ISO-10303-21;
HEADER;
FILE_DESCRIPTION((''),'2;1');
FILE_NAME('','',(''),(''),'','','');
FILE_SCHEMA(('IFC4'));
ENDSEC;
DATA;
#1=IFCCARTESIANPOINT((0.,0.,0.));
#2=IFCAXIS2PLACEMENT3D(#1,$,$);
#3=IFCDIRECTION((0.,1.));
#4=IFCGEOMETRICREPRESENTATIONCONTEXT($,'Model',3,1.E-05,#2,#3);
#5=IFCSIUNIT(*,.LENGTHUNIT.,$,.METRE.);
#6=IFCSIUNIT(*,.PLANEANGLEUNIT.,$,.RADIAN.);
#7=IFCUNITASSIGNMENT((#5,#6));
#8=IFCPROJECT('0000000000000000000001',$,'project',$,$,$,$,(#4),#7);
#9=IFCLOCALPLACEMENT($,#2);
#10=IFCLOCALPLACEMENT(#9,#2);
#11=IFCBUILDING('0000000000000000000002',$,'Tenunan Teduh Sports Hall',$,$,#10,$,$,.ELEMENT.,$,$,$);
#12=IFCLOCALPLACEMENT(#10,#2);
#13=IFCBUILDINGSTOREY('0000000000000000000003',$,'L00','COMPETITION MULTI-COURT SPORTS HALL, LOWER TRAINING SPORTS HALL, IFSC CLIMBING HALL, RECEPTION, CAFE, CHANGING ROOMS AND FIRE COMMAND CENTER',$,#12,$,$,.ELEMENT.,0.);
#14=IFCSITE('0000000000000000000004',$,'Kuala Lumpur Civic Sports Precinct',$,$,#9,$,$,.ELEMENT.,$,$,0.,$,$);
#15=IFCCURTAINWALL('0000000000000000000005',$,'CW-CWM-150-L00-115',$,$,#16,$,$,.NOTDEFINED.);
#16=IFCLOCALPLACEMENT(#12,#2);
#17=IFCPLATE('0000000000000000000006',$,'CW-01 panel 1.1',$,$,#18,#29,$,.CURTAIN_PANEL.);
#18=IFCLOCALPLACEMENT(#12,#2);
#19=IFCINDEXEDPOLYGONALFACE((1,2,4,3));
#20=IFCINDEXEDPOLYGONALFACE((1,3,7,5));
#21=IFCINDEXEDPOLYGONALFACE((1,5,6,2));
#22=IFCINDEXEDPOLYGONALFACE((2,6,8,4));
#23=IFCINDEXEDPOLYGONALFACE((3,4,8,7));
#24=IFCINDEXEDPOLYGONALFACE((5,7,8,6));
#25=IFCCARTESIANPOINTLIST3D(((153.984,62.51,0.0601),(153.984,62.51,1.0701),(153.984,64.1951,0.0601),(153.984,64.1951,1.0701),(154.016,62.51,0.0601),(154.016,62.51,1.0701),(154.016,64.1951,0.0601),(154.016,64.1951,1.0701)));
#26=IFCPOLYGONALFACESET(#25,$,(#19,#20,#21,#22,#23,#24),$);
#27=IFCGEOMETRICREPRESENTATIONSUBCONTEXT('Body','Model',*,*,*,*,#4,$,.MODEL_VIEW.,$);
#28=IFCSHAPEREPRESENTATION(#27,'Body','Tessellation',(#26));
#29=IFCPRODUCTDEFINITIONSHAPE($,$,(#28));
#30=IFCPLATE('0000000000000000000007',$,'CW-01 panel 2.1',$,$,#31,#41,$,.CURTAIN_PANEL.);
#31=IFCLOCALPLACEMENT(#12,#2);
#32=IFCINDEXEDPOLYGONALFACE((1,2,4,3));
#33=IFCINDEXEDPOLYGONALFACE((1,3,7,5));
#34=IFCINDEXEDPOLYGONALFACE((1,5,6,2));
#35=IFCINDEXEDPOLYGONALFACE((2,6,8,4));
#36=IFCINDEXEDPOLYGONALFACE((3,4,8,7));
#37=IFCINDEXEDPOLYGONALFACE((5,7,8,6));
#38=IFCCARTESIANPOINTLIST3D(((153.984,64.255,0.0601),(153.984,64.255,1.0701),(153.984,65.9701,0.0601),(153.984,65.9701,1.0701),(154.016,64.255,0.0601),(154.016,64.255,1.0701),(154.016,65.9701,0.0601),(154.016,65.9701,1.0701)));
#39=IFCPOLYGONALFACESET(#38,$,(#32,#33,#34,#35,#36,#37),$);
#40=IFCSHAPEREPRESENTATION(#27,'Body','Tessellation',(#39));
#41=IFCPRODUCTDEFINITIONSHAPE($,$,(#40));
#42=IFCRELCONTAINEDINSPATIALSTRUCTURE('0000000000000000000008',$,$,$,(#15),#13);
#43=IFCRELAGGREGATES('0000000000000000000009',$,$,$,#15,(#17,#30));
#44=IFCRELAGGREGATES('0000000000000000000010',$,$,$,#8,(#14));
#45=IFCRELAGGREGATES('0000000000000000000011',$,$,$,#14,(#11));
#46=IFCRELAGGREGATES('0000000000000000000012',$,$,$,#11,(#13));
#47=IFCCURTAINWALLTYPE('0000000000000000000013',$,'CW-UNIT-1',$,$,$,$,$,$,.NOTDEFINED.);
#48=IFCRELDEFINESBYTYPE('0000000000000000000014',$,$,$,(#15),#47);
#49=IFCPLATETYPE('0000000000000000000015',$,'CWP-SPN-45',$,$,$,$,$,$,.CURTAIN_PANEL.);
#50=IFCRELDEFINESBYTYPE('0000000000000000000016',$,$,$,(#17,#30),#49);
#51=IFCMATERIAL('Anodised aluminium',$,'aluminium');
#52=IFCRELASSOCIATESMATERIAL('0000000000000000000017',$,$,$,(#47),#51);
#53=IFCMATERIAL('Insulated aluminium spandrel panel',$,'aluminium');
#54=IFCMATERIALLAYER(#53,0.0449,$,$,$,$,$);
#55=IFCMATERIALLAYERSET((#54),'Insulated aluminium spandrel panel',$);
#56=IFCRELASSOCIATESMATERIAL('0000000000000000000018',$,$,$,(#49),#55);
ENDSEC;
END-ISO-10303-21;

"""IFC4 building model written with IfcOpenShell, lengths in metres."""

from ifc_helpers import new_model, si_unit, direction, frame, origin, origin_2d, place, context, subcontext, project, spatial, rectangle, extrude, material, layer, layer_set, type_object, element, aggregate, save


model = new_model("IFC4")

# Units and contexts
model_context = context("Model", 3, precision=1e-05, world=origin(), true_north=direction((0.0, 1.0)))
body_context = subcontext(model_context, "Body", "Model", "MODEL_VIEW")
ifc_project = project(units=[si_unit("LENGTHUNIT", "METRE"), si_unit("PLANEANGLEUNIT", "RADIAN")], contexts=[model_context])

# Site, building, storey
site_placement = place(None, origin())
site = spatial("IfcSite", under=ifc_project, at=site_placement, Name="Kuala Lumpur Civic Sports Precinct", CompositionType="ELEMENT", RefElevation=0.0)
building_placement = place(site_placement, origin())
building = spatial("IfcBuilding", under=site, at=building_placement, Name="Tenunan Teduh Sports Hall", CompositionType="ELEMENT")
storey_placement = place(building_placement, origin())
storey = spatial("IfcBuildingStorey", under=building, at=storey_placement, Name="L00", Description="COMPETITION MULTI-COURT SPORTS HALL, LOWER TRAINING SPORTS HALL, IFSC CLIMBING HALL, RECEPTION, CAFE, CHANGING ROOMS AND FIRE COMMAND CENTER", CompositionType="ELEMENT", Elevation=0.0)

# Curtain wall
ifc_material_1 = material(Name="Anodised aluminium", Category="aluminium")
curtain_wall_type = type_object("IfcCurtainWallType", Name="CW-UNIT-1", PredefinedType="NOTDEFINED", material=ifc_material_1)
curtain_wall_1_placement = place(storey_placement, origin())
curtain_wall_1 = element("IfcCurtainWall", 1, at=curtain_wall_1_placement, inside=storey, type_object=curtain_wall_type, Name="CW-CWM-150-L00-115", PredefinedType="NOTDEFINED")

# Plates
ifc_material_2 = material(Name="Insulated aluminium spandrel panel", Category="aluminium")
ifc_layer_1 = layer(ifc_material_2, 0.0449)
ifc_layer_set_1 = layer_set([ifc_layer_1], Name="Insulated aluminium spandrel panel")
plate_type_1 = type_object("IfcPlateType", Name="CWP-SPN-45", PredefinedType="CURTAIN_PANEL", material=ifc_layer_set_1)
plate_1_placement = place(storey_placement, frame((154.0, 63.3525, 0.0601), z_axis=(0.0, 0.0, 1.0), x_axis=(0.0, 1.0, 0.0)))
plate_1 = element("IfcPlate", 2, at=plate_1_placement, type_object=plate_type_1, Name="CW-01 panel 1.1", PredefinedType="CURTAIN_PANEL", context=body_context, shape_type="SweptSolid", body=[
    extrude(rectangle(XDim=1.6851, YDim=0.032, at=origin_2d()), origin(), (0.0, 0.0, 1.0), 1.01),
])
plate_2_placement = place(storey_placement, frame((154.0, 65.1125, 0.0601), z_axis=(0.0, 0.0, 1.0), x_axis=(0.0, 1.0, 0.0)))
plate_2 = element("IfcPlate", 3, at=plate_2_placement, type_object=plate_type_1, Name="CW-01 panel 2.1", PredefinedType="CURTAIN_PANEL", context=body_context, shape_type="SweptSolid", body=[
    extrude(rectangle(XDim=1.7151, YDim=0.032, at=origin_2d()), origin(), (0.0, 0.0, 1.0), 1.01),
])
aggregate(curtain_wall_1, [plate_1, plate_2])

save(model, "model.ifc")
